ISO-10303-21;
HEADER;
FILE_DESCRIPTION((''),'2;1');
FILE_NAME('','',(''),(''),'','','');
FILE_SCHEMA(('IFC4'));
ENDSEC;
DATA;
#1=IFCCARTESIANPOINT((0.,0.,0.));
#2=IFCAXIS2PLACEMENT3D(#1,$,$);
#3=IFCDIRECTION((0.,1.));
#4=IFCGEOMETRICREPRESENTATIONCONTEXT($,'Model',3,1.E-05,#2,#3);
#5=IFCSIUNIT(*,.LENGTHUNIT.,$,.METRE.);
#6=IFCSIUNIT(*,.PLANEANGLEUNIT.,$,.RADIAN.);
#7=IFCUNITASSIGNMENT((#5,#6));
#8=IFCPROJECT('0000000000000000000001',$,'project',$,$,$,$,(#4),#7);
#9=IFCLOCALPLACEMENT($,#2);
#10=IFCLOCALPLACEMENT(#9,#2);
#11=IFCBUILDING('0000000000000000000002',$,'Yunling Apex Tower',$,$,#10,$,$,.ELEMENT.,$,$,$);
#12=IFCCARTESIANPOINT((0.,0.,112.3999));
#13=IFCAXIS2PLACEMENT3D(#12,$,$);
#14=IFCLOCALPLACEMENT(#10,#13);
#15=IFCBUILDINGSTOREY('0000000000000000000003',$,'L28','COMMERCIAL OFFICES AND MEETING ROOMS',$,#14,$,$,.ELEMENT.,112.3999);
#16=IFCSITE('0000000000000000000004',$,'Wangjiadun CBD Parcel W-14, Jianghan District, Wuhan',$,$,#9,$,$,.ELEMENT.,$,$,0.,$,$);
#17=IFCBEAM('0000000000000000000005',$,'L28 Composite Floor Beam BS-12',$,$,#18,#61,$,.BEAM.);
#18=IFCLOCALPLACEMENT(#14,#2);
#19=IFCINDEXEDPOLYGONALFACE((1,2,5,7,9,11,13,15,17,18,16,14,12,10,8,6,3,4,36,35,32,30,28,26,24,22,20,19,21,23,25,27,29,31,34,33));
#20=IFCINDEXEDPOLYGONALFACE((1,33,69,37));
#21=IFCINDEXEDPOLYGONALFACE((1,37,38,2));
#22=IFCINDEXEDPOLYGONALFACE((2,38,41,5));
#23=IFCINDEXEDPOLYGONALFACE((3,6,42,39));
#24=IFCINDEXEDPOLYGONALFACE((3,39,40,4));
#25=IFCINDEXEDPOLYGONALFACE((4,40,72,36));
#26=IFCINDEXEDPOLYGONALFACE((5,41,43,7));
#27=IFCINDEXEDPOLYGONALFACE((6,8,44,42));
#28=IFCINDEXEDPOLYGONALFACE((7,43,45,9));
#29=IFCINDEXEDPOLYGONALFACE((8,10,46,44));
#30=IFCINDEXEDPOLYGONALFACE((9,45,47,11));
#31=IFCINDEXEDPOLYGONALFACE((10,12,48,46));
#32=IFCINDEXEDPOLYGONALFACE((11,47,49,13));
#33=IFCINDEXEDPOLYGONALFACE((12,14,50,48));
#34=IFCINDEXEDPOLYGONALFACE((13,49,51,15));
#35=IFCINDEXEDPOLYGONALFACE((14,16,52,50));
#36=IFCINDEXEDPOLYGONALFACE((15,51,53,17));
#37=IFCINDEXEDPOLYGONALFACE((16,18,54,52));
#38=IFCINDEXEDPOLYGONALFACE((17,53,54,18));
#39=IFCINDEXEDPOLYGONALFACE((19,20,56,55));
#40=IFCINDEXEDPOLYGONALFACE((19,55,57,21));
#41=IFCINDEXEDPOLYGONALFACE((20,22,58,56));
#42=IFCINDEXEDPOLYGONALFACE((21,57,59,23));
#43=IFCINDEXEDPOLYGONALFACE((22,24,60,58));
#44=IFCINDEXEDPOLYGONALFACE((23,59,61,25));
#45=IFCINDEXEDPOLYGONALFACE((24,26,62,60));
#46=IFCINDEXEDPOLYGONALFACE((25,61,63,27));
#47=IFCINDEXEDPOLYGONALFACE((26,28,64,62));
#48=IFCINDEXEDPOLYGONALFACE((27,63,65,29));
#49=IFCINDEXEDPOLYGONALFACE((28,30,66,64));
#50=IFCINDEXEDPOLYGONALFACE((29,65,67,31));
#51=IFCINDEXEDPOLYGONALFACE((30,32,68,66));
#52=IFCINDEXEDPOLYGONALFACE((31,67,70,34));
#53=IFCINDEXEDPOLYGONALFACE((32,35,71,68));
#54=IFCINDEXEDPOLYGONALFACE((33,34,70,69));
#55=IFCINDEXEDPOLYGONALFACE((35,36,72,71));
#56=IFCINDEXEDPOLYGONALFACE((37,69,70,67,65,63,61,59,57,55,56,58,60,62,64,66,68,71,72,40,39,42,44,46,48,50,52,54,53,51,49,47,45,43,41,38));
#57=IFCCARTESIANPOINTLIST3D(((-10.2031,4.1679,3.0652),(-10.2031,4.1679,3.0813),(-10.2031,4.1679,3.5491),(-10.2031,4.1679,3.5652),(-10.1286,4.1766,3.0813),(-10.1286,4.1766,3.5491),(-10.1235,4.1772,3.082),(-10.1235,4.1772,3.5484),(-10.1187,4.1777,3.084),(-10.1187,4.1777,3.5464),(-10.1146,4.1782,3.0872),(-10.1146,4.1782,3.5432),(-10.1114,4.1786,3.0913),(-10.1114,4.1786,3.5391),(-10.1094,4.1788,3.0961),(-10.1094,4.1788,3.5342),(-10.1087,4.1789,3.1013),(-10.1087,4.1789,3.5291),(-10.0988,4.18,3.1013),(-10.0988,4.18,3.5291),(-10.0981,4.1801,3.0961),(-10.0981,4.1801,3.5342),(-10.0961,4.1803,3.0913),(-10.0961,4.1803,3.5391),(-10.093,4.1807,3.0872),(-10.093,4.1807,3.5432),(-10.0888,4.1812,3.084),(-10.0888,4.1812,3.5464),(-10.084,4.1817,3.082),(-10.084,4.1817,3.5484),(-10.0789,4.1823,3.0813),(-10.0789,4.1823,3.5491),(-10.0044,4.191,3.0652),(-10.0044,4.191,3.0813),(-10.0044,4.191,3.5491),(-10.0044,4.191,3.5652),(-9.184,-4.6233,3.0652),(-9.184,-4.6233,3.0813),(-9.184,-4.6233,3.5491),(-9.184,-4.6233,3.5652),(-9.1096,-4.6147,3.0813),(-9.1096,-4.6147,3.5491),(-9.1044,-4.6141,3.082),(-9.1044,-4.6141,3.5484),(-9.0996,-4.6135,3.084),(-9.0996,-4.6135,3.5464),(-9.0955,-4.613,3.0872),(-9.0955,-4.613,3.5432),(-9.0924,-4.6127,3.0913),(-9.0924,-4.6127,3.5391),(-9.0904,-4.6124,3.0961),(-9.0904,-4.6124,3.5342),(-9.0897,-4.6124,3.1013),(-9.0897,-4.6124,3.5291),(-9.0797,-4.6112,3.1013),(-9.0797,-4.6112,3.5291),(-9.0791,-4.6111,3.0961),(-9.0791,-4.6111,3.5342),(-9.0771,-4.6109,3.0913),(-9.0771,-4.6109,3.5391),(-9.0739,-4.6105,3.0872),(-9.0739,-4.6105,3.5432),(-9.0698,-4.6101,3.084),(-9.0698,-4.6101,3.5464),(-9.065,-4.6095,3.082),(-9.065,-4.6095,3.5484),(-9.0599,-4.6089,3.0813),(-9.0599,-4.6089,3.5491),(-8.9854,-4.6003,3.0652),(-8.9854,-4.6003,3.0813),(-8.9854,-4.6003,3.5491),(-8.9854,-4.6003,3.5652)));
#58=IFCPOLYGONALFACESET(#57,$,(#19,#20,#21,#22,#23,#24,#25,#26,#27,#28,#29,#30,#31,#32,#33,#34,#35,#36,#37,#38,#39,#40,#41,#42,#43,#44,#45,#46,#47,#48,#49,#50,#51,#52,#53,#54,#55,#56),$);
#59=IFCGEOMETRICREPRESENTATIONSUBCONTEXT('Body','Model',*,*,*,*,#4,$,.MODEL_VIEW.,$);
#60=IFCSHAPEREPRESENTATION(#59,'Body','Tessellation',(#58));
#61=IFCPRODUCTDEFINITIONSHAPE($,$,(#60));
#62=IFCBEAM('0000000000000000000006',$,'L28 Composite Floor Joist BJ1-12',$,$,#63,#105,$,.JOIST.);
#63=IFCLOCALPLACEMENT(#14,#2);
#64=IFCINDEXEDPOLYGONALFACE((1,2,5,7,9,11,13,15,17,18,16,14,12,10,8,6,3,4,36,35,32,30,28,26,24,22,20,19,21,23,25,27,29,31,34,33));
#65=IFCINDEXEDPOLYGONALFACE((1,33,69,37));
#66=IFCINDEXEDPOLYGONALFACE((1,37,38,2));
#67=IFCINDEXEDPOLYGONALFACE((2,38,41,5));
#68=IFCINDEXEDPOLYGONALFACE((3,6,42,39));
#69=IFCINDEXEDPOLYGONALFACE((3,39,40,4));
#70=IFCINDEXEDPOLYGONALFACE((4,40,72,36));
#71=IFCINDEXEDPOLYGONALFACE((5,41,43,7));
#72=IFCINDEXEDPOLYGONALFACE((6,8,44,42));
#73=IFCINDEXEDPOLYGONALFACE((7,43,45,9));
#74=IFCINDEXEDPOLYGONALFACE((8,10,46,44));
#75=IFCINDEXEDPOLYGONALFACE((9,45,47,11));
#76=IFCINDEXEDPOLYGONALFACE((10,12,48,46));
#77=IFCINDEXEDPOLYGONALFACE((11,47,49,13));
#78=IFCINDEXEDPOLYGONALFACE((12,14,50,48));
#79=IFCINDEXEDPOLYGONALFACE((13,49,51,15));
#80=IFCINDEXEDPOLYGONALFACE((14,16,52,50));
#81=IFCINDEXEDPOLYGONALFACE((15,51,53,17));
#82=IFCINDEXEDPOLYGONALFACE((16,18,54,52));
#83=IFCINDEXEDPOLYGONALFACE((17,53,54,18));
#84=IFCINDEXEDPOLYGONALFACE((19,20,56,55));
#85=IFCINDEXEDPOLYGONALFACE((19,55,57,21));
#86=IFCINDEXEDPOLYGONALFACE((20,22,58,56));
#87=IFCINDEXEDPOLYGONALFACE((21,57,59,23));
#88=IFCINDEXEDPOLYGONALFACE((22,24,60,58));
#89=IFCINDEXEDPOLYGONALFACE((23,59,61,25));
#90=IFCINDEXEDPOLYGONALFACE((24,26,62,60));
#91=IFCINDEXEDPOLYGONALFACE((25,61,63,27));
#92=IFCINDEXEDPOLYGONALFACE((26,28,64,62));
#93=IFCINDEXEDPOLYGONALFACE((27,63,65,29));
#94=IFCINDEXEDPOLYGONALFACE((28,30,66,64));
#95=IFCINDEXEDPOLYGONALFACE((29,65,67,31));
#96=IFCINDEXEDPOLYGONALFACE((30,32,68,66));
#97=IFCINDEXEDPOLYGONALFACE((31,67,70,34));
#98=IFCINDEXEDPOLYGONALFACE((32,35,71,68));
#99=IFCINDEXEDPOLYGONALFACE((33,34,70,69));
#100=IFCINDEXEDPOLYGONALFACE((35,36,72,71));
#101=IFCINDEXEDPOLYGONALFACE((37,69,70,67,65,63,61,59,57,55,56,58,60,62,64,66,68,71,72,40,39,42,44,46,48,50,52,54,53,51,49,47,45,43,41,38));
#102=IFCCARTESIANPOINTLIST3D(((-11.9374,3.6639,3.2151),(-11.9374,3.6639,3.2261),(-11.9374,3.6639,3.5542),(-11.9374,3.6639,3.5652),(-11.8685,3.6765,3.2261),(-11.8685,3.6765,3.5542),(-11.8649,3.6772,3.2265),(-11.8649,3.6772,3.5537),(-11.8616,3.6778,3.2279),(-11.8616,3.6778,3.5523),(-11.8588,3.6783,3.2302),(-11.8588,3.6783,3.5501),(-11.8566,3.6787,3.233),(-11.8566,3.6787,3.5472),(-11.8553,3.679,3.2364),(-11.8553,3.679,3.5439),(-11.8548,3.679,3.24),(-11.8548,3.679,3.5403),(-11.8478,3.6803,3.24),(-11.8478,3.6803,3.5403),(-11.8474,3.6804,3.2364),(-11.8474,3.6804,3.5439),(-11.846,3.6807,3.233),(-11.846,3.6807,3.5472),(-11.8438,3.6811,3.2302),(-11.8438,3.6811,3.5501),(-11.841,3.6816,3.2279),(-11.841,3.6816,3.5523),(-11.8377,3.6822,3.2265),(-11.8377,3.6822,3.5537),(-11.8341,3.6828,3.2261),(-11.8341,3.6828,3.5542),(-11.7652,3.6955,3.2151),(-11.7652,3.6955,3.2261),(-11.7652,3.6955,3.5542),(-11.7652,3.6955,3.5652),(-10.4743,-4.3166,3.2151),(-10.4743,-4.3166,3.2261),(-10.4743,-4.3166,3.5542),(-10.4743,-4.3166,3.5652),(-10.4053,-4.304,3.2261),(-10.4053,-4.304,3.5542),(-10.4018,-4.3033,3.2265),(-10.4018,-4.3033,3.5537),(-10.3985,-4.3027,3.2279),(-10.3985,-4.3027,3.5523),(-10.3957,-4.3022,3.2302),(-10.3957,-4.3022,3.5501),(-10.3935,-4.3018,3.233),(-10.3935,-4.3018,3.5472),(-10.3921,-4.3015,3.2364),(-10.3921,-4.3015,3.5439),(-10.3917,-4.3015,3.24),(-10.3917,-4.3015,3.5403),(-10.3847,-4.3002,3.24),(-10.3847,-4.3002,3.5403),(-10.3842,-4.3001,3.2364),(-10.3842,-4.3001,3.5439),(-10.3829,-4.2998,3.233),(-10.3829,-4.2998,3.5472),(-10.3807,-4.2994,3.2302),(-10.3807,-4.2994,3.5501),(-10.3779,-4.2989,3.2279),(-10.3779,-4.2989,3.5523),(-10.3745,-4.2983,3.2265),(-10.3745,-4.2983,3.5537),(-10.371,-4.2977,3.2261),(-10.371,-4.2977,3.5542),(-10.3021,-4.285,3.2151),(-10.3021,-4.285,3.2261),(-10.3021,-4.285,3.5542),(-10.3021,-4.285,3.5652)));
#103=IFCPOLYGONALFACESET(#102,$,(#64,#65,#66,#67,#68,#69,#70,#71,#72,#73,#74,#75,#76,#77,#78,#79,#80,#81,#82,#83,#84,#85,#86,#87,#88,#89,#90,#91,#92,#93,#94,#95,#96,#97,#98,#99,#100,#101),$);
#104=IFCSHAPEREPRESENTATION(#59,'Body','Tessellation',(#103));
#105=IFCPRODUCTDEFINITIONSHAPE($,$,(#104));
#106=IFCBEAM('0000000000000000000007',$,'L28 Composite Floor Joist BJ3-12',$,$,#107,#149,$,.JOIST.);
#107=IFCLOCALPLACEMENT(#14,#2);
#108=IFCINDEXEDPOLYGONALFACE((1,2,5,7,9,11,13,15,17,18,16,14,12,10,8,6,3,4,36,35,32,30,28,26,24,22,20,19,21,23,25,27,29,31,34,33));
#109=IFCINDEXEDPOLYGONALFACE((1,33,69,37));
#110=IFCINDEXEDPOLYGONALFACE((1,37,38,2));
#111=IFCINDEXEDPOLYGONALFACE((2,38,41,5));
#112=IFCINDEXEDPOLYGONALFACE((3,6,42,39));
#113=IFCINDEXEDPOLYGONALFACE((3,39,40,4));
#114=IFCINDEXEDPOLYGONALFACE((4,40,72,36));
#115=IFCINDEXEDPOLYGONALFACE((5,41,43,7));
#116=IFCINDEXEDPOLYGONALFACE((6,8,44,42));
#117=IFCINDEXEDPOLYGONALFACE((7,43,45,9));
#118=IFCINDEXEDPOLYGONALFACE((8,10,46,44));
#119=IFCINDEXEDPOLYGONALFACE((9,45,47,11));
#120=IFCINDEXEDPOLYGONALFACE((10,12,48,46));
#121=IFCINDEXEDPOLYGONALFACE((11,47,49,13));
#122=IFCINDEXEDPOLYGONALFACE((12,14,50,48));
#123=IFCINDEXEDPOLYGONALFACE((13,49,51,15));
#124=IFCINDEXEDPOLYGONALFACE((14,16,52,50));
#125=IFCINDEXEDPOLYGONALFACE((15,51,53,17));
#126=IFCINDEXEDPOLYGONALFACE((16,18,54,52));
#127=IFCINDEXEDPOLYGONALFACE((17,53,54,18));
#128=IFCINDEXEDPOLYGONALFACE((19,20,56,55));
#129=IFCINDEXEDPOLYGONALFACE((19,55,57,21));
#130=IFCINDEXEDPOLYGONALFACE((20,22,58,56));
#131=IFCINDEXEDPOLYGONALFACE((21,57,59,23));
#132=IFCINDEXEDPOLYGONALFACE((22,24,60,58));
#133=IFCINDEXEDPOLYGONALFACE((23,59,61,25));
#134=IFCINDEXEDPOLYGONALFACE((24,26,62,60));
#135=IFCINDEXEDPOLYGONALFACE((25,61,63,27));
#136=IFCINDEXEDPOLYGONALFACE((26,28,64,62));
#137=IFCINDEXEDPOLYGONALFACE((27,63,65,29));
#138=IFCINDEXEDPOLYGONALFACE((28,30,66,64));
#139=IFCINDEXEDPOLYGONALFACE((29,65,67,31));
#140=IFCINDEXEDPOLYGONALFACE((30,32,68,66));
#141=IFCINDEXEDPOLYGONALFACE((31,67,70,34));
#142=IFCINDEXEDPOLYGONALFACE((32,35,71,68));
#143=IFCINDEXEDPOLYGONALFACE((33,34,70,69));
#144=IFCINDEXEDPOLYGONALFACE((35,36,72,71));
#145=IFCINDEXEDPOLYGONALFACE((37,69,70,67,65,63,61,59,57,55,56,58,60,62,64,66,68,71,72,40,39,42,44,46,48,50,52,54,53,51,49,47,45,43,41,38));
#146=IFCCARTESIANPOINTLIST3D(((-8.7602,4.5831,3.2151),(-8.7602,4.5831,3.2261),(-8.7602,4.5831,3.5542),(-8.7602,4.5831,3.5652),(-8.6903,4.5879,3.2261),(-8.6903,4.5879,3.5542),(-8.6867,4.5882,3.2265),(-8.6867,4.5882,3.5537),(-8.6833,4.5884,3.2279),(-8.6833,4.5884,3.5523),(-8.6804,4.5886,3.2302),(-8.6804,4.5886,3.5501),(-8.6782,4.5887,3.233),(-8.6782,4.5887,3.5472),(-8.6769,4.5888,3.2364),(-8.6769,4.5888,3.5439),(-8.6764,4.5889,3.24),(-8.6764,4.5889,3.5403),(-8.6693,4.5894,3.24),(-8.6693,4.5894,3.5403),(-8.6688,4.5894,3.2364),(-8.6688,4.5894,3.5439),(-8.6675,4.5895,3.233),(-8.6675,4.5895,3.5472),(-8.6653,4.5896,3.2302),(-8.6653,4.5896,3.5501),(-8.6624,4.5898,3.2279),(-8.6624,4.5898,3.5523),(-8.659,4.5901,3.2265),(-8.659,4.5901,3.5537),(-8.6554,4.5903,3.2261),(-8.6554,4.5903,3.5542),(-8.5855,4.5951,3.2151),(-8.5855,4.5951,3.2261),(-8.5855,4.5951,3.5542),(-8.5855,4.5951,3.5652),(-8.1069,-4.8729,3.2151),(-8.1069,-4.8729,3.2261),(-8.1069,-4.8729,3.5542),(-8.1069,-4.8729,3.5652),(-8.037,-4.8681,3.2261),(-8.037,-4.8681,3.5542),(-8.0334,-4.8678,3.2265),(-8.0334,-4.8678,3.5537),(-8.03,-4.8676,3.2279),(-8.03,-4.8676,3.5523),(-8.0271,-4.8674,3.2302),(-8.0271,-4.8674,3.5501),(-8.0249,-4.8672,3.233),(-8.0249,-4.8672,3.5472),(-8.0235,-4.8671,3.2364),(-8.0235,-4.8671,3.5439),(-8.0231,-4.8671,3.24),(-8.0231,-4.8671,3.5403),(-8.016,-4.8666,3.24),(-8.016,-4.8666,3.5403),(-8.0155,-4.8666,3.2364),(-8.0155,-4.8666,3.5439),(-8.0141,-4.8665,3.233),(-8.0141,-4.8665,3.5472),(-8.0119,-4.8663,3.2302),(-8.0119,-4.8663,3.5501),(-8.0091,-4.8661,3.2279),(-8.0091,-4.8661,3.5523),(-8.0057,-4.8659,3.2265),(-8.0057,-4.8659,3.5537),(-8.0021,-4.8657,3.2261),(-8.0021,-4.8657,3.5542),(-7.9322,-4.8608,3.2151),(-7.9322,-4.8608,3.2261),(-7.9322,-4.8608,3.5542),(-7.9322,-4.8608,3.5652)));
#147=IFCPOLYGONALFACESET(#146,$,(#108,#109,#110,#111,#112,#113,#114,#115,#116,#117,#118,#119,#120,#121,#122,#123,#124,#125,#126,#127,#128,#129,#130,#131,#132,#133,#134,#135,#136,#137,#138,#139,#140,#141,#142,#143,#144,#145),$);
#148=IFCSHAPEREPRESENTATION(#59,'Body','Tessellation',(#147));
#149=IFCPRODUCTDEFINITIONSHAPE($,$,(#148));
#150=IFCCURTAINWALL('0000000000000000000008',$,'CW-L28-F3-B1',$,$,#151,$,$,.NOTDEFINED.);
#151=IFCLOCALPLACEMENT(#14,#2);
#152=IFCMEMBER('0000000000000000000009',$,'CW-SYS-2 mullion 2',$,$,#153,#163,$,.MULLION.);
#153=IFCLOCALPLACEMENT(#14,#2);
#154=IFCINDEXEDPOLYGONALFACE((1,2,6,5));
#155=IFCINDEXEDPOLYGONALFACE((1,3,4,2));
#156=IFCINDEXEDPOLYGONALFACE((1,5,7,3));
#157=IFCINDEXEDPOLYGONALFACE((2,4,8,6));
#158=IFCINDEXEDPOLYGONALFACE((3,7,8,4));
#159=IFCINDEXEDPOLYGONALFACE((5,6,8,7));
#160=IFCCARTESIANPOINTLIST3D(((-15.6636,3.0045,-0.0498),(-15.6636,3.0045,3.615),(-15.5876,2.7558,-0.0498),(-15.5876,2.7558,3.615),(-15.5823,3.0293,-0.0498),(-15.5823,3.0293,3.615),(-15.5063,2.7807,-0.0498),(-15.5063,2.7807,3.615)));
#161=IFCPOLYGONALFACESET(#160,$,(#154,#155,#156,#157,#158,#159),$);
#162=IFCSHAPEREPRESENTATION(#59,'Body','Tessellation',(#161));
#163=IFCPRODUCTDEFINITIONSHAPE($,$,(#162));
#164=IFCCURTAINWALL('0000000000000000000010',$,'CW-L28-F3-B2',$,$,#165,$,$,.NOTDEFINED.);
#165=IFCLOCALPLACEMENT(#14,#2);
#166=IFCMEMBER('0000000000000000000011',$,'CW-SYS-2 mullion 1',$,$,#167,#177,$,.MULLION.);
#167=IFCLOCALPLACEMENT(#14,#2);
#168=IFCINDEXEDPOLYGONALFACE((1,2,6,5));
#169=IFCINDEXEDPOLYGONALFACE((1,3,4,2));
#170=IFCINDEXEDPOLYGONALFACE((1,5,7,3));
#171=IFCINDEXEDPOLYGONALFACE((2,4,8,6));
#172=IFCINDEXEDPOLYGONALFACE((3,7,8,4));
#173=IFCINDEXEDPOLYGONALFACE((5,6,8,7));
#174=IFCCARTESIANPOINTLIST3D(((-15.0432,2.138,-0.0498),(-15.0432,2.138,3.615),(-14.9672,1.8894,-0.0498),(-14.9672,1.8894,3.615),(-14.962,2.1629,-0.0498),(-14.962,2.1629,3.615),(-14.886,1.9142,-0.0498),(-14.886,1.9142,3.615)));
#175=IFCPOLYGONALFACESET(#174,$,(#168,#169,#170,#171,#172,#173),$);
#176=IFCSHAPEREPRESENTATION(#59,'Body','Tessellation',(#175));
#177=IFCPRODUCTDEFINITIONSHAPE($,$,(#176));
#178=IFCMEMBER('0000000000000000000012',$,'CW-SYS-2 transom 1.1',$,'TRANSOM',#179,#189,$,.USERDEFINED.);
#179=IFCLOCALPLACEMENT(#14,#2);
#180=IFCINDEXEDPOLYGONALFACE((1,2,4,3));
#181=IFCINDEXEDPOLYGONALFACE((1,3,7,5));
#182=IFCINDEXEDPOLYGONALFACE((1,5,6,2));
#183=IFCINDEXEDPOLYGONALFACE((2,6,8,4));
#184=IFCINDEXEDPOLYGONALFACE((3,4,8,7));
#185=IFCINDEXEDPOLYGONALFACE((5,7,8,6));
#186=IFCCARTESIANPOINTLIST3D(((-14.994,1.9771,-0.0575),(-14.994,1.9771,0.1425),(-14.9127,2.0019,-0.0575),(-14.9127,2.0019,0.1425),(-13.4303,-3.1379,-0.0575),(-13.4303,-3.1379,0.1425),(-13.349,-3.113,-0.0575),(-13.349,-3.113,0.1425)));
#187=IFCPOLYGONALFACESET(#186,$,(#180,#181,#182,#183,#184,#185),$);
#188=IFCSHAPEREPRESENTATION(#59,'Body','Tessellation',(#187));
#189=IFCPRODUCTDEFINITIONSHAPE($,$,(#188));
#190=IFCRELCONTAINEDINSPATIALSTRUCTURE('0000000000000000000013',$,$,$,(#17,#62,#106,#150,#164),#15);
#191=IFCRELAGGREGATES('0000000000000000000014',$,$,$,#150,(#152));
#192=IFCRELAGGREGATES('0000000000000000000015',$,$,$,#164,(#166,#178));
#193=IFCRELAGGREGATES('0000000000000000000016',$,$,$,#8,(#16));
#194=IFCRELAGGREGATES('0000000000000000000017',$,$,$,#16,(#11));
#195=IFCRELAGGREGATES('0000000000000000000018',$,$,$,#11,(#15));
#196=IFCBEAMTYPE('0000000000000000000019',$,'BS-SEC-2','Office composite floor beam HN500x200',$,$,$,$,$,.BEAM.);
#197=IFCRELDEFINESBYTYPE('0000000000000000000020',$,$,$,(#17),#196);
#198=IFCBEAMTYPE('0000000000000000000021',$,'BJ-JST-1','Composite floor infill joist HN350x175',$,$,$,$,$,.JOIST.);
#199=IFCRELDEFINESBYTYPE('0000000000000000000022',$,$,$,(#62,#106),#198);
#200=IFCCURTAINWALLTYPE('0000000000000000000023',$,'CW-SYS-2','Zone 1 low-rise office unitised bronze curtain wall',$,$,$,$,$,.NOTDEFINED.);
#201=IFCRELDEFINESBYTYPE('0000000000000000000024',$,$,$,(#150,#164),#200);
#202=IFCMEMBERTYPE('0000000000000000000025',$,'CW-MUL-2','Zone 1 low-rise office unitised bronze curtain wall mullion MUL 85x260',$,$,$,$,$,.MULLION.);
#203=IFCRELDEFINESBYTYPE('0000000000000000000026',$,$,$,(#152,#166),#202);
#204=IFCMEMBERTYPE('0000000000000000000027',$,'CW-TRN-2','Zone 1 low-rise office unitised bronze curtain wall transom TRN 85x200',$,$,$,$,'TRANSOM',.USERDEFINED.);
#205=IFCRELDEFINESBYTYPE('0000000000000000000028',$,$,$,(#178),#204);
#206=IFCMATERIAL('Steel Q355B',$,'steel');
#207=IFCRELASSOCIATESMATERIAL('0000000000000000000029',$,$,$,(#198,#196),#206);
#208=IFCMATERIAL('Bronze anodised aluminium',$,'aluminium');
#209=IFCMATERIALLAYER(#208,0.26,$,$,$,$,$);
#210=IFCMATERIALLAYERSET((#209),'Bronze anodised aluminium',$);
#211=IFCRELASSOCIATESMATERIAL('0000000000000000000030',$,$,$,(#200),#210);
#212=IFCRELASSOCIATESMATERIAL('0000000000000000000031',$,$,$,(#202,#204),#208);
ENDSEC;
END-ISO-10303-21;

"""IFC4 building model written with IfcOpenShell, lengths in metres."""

from ifc_helpers import new_model, si_unit, direction, frame, origin, origin_2d, place, context, subcontext, project, spatial, rectangle, i_section, extrude, source, transform, mapped, material, layer, layer_set, material_profile, profile_set, type_object, element, aggregate, save


model = new_model("IFC4")

# Units and contexts
model_context = context("Model", 3, precision=1e-05, world=origin(), true_north=direction((0.0, 1.0)))
body_context = subcontext(model_context, "Body", "Model", "MODEL_VIEW")
ifc_project = project(units=[si_unit("LENGTHUNIT", "METRE"), si_unit("PLANEANGLEUNIT", "RADIAN")], contexts=[model_context])

# Site, building, storey
site_placement = place(None, origin())
site = spatial("IfcSite", under=ifc_project, at=site_placement, Name="Wangjiadun CBD Parcel W-14, Jianghan District, Wuhan", CompositionType="ELEMENT", RefElevation=0.0)
building_placement = place(site_placement, origin())
building = spatial("IfcBuilding", under=site, at=building_placement, Name="Yunling Apex Tower", CompositionType="ELEMENT")
storey_placement = place(building_placement, frame((0.0, 0.0, 112.3999)))
storey = spatial("IfcBuildingStorey", under=building, at=storey_placement, Name="L28", Description="COMMERCIAL OFFICES AND MEETING ROOMS", CompositionType="ELEMENT", Elevation=112.3999)

# Beams
ifc_material_1 = material(Name="Steel Q355B", Category="steel")
ifc_material_profile_1 = material_profile(ifc_material_1, i_section(OverallWidth=0.175, OverallDepth=0.3501, WebThickness=0.0071, FlangeThickness=0.011, FilletRadius=0.0139, at=origin_2d()))
ifc_profile_set_1 = profile_set([ifc_material_profile_1], Name="Steel Q355B")
beam_type_1 = type_object("IfcBeamType", Name="BJ-JST-1", Description="Composite floor infill joist HN350x175", PredefinedType="JOIST", material=ifc_profile_set_1)
ifc_material_profile_2 = material_profile(ifc_material_1, i_section(OverallWidth=0.2, OverallDepth=0.5, WebThickness=0.01, FlangeThickness=0.0161, FilletRadius=0.02, at=origin_2d()))
ifc_profile_set_2 = profile_set([ifc_material_profile_2], Name="Steel Q355B")
beam_type_2 = type_object("IfcBeamType", Name="BS-SEC-2", Description="Office composite floor beam HN500x200", PredefinedType="BEAM", material=ifc_profile_set_2)
shared_shape_1 = source(origin(), body_context, "Body", "SweptSolid", [
    extrude(i_section(OverallWidth=0.2, OverallDepth=0.5, WebThickness=0.01, FlangeThickness=0.0161, FilletRadius=0.02, at=origin_2d()), origin(), (0.0, 0.0, 1.0), 8.8501),
])
beam_1_placement = place(storey_placement, frame((-10.1038, 4.1794, 3.3152), z_axis=(0.115144, -0.993349, 0.0), x_axis=(0.993349, 0.115144, 0.0)))
element("IfcBeam", 1, at=beam_1_placement, inside=storey, type_object=beam_type_2, Name="L28 Composite Floor Beam BS-12", PredefinedType="BEAM", context=body_context, shape_type="MappedRepresentation", body=[
    mapped(shared_shape_1, transform((0.0, 0.0, 0.0), scale=1.0)),
])
shared_shape_2 = source(origin(), body_context, "Body", "SweptSolid", [
    extrude(i_section(OverallWidth=0.175, OverallDepth=0.3501, WebThickness=0.0071, FlangeThickness=0.011, FilletRadius=0.0139, at=origin_2d()), origin(), (0.0, 0.0, 1.0), 8.1135),
])
beam_2_placement = place(storey_placement, frame((-11.8513, 3.6797, 3.3901), z_axis=(0.180334, -0.983605, 0.0), x_axis=(0.983605, 0.180334, 0.0)))
element("IfcBeam", 2, at=beam_2_placement, inside=storey, type_object=beam_type_1, Name="L28 Composite Floor Joist BJ1-12", PredefinedType="JOIST", context=body_context, shape_type="MappedRepresentation", body=[
    mapped(shared_shape_2, transform((0.0, 0.0, 0.0), scale=1.0)),
])
shared_shape_3 = source(origin(), body_context, "Body", "SweptSolid", [
    extrude(i_section(OverallWidth=0.175, OverallDepth=0.3501, WebThickness=0.0071, FlangeThickness=0.011, FilletRadius=0.0139, at=origin_2d()), origin(), (0.0, 0.0, 1.0), 9.4785),
])
beam_3_placement = place(storey_placement, frame((-8.6729, 4.5891, 3.3901), z_axis=(0.068926, -0.997622, 0.0), x_axis=(0.997622, 0.068926, 0.0)))
element("IfcBeam", 3, at=beam_3_placement, inside=storey, type_object=beam_type_1, Name="L28 Composite Floor Joist BJ3-12", PredefinedType="JOIST", context=body_context, shape_type="MappedRepresentation", body=[
    mapped(shared_shape_3, transform((0.0, 0.0, 0.0), scale=1.0)),
])

# Curtain wall, member
ifc_material_2 = material(Name="Bronze anodised aluminium", Category="aluminium")
ifc_layer_1 = layer(ifc_material_2, 0.26)
ifc_layer_set_1 = layer_set([ifc_layer_1], Name="Bronze anodised aluminium")
curtain_wall_type = type_object("IfcCurtainWallType", Name="CW-SYS-2", Description="Zone 1 low-rise office unitised bronze curtain wall", PredefinedType="NOTDEFINED", material=ifc_layer_set_1)
curtain_wall_1_placement = place(storey_placement, origin())
curtain_wall_1 = element("IfcCurtainWall", 4, at=curtain_wall_1_placement, inside=storey, type_object=curtain_wall_type, Name="CW-L28-F3-B1", PredefinedType="NOTDEFINED")
ifc_material_profile_3 = material_profile(ifc_material_2, rectangle(XDim=0.085, YDim=0.26, at=origin_2d()))
ifc_profile_set_3 = profile_set([ifc_material_profile_3], Name="Bronze anodised aluminium")
member_type_1 = type_object("IfcMemberType", Name="CW-MUL-2", Description="Zone 1 low-rise office unitised bronze curtain wall mullion MUL 85x260", PredefinedType="MULLION", material=ifc_profile_set_3)
shared_shape_4 = source(origin(), body_context, "Body", "SweptSolid", [
    extrude(rectangle(XDim=0.085, YDim=0.26, at=origin_2d()), origin(), (0.0, 0.0, 1.0), 3.6648),
])
member_1_placement = place(storey_placement, frame((-15.585, 2.8926, -0.0498), z_axis=(0.0, 0.0, 1.0), x_axis=(0.956304, 0.292373, 0.0)))
member_1 = element("IfcMember", 5, at=member_1_placement, type_object=member_type_1, Name="CW-SYS-2 mullion 2", PredefinedType="MULLION", context=body_context, shape_type="MappedRepresentation", body=[
    mapped(shared_shape_4, transform((0.0, 0.0, 0.0), scale=1.0)),
])

# Curtain wall, members
curtain_wall_2_placement = place(storey_placement, origin())
curtain_wall_2 = element("IfcCurtainWall", 6, at=curtain_wall_2_placement, inside=storey, type_object=curtain_wall_type, Name="CW-L28-F3-B2", PredefinedType="NOTDEFINED")
member_2_placement = place(storey_placement, frame((-14.9646, 2.0261, -0.0498), z_axis=(0.0, 0.0, 1.0), x_axis=(0.956307, 0.292364, 0.0)))
member_2 = element("IfcMember", 7, at=member_2_placement, type_object=member_type_1, Name="CW-SYS-2 mullion 1", PredefinedType="MULLION", context=body_context, shape_type="MappedRepresentation", body=[
    mapped(shared_shape_4, transform((0.0, 0.0, 0.0), scale=1.0)),
])
ifc_material_profile_4 = material_profile(ifc_material_2, rectangle(XDim=0.085, YDim=0.2, at=origin_2d()))
ifc_profile_set_4 = profile_set([ifc_material_profile_4], Name="Bronze anodised aluminium")
member_type_2 = type_object("IfcMemberType", Name="CW-TRN-2", Description="Zone 1 low-rise office unitised bronze curtain wall transom TRN 85x200", ElementType="TRANSOM", PredefinedType="USERDEFINED", material=ifc_profile_set_4)
shared_shape_5 = source(origin(), body_context, "Body", "SweptSolid", [
    extrude(rectangle(XDim=0.085, YDim=0.2, at=origin_2d()), origin(), (0.0, 0.0, 1.0), 5.3486),
])
member_3_placement = place(storey_placement, frame((-14.9534, 1.9895, 0.0425), z_axis=(0.292357, -0.956309, 0.0), x_axis=(0.956309, 0.292357, 0.0)))
member_3 = element("IfcMember", 8, at=member_3_placement, type_object=member_type_2, Name="CW-SYS-2 transom 1.1", ObjectType="TRANSOM", PredefinedType="USERDEFINED", context=body_context, shape_type="MappedRepresentation", body=[
    mapped(shared_shape_5, transform((0.0, 0.0, 0.0), scale=1.0)),
])

aggregate(curtain_wall_1, [member_1])
aggregate(curtain_wall_2, [member_2, member_3])

save(model, "model.ifc")
